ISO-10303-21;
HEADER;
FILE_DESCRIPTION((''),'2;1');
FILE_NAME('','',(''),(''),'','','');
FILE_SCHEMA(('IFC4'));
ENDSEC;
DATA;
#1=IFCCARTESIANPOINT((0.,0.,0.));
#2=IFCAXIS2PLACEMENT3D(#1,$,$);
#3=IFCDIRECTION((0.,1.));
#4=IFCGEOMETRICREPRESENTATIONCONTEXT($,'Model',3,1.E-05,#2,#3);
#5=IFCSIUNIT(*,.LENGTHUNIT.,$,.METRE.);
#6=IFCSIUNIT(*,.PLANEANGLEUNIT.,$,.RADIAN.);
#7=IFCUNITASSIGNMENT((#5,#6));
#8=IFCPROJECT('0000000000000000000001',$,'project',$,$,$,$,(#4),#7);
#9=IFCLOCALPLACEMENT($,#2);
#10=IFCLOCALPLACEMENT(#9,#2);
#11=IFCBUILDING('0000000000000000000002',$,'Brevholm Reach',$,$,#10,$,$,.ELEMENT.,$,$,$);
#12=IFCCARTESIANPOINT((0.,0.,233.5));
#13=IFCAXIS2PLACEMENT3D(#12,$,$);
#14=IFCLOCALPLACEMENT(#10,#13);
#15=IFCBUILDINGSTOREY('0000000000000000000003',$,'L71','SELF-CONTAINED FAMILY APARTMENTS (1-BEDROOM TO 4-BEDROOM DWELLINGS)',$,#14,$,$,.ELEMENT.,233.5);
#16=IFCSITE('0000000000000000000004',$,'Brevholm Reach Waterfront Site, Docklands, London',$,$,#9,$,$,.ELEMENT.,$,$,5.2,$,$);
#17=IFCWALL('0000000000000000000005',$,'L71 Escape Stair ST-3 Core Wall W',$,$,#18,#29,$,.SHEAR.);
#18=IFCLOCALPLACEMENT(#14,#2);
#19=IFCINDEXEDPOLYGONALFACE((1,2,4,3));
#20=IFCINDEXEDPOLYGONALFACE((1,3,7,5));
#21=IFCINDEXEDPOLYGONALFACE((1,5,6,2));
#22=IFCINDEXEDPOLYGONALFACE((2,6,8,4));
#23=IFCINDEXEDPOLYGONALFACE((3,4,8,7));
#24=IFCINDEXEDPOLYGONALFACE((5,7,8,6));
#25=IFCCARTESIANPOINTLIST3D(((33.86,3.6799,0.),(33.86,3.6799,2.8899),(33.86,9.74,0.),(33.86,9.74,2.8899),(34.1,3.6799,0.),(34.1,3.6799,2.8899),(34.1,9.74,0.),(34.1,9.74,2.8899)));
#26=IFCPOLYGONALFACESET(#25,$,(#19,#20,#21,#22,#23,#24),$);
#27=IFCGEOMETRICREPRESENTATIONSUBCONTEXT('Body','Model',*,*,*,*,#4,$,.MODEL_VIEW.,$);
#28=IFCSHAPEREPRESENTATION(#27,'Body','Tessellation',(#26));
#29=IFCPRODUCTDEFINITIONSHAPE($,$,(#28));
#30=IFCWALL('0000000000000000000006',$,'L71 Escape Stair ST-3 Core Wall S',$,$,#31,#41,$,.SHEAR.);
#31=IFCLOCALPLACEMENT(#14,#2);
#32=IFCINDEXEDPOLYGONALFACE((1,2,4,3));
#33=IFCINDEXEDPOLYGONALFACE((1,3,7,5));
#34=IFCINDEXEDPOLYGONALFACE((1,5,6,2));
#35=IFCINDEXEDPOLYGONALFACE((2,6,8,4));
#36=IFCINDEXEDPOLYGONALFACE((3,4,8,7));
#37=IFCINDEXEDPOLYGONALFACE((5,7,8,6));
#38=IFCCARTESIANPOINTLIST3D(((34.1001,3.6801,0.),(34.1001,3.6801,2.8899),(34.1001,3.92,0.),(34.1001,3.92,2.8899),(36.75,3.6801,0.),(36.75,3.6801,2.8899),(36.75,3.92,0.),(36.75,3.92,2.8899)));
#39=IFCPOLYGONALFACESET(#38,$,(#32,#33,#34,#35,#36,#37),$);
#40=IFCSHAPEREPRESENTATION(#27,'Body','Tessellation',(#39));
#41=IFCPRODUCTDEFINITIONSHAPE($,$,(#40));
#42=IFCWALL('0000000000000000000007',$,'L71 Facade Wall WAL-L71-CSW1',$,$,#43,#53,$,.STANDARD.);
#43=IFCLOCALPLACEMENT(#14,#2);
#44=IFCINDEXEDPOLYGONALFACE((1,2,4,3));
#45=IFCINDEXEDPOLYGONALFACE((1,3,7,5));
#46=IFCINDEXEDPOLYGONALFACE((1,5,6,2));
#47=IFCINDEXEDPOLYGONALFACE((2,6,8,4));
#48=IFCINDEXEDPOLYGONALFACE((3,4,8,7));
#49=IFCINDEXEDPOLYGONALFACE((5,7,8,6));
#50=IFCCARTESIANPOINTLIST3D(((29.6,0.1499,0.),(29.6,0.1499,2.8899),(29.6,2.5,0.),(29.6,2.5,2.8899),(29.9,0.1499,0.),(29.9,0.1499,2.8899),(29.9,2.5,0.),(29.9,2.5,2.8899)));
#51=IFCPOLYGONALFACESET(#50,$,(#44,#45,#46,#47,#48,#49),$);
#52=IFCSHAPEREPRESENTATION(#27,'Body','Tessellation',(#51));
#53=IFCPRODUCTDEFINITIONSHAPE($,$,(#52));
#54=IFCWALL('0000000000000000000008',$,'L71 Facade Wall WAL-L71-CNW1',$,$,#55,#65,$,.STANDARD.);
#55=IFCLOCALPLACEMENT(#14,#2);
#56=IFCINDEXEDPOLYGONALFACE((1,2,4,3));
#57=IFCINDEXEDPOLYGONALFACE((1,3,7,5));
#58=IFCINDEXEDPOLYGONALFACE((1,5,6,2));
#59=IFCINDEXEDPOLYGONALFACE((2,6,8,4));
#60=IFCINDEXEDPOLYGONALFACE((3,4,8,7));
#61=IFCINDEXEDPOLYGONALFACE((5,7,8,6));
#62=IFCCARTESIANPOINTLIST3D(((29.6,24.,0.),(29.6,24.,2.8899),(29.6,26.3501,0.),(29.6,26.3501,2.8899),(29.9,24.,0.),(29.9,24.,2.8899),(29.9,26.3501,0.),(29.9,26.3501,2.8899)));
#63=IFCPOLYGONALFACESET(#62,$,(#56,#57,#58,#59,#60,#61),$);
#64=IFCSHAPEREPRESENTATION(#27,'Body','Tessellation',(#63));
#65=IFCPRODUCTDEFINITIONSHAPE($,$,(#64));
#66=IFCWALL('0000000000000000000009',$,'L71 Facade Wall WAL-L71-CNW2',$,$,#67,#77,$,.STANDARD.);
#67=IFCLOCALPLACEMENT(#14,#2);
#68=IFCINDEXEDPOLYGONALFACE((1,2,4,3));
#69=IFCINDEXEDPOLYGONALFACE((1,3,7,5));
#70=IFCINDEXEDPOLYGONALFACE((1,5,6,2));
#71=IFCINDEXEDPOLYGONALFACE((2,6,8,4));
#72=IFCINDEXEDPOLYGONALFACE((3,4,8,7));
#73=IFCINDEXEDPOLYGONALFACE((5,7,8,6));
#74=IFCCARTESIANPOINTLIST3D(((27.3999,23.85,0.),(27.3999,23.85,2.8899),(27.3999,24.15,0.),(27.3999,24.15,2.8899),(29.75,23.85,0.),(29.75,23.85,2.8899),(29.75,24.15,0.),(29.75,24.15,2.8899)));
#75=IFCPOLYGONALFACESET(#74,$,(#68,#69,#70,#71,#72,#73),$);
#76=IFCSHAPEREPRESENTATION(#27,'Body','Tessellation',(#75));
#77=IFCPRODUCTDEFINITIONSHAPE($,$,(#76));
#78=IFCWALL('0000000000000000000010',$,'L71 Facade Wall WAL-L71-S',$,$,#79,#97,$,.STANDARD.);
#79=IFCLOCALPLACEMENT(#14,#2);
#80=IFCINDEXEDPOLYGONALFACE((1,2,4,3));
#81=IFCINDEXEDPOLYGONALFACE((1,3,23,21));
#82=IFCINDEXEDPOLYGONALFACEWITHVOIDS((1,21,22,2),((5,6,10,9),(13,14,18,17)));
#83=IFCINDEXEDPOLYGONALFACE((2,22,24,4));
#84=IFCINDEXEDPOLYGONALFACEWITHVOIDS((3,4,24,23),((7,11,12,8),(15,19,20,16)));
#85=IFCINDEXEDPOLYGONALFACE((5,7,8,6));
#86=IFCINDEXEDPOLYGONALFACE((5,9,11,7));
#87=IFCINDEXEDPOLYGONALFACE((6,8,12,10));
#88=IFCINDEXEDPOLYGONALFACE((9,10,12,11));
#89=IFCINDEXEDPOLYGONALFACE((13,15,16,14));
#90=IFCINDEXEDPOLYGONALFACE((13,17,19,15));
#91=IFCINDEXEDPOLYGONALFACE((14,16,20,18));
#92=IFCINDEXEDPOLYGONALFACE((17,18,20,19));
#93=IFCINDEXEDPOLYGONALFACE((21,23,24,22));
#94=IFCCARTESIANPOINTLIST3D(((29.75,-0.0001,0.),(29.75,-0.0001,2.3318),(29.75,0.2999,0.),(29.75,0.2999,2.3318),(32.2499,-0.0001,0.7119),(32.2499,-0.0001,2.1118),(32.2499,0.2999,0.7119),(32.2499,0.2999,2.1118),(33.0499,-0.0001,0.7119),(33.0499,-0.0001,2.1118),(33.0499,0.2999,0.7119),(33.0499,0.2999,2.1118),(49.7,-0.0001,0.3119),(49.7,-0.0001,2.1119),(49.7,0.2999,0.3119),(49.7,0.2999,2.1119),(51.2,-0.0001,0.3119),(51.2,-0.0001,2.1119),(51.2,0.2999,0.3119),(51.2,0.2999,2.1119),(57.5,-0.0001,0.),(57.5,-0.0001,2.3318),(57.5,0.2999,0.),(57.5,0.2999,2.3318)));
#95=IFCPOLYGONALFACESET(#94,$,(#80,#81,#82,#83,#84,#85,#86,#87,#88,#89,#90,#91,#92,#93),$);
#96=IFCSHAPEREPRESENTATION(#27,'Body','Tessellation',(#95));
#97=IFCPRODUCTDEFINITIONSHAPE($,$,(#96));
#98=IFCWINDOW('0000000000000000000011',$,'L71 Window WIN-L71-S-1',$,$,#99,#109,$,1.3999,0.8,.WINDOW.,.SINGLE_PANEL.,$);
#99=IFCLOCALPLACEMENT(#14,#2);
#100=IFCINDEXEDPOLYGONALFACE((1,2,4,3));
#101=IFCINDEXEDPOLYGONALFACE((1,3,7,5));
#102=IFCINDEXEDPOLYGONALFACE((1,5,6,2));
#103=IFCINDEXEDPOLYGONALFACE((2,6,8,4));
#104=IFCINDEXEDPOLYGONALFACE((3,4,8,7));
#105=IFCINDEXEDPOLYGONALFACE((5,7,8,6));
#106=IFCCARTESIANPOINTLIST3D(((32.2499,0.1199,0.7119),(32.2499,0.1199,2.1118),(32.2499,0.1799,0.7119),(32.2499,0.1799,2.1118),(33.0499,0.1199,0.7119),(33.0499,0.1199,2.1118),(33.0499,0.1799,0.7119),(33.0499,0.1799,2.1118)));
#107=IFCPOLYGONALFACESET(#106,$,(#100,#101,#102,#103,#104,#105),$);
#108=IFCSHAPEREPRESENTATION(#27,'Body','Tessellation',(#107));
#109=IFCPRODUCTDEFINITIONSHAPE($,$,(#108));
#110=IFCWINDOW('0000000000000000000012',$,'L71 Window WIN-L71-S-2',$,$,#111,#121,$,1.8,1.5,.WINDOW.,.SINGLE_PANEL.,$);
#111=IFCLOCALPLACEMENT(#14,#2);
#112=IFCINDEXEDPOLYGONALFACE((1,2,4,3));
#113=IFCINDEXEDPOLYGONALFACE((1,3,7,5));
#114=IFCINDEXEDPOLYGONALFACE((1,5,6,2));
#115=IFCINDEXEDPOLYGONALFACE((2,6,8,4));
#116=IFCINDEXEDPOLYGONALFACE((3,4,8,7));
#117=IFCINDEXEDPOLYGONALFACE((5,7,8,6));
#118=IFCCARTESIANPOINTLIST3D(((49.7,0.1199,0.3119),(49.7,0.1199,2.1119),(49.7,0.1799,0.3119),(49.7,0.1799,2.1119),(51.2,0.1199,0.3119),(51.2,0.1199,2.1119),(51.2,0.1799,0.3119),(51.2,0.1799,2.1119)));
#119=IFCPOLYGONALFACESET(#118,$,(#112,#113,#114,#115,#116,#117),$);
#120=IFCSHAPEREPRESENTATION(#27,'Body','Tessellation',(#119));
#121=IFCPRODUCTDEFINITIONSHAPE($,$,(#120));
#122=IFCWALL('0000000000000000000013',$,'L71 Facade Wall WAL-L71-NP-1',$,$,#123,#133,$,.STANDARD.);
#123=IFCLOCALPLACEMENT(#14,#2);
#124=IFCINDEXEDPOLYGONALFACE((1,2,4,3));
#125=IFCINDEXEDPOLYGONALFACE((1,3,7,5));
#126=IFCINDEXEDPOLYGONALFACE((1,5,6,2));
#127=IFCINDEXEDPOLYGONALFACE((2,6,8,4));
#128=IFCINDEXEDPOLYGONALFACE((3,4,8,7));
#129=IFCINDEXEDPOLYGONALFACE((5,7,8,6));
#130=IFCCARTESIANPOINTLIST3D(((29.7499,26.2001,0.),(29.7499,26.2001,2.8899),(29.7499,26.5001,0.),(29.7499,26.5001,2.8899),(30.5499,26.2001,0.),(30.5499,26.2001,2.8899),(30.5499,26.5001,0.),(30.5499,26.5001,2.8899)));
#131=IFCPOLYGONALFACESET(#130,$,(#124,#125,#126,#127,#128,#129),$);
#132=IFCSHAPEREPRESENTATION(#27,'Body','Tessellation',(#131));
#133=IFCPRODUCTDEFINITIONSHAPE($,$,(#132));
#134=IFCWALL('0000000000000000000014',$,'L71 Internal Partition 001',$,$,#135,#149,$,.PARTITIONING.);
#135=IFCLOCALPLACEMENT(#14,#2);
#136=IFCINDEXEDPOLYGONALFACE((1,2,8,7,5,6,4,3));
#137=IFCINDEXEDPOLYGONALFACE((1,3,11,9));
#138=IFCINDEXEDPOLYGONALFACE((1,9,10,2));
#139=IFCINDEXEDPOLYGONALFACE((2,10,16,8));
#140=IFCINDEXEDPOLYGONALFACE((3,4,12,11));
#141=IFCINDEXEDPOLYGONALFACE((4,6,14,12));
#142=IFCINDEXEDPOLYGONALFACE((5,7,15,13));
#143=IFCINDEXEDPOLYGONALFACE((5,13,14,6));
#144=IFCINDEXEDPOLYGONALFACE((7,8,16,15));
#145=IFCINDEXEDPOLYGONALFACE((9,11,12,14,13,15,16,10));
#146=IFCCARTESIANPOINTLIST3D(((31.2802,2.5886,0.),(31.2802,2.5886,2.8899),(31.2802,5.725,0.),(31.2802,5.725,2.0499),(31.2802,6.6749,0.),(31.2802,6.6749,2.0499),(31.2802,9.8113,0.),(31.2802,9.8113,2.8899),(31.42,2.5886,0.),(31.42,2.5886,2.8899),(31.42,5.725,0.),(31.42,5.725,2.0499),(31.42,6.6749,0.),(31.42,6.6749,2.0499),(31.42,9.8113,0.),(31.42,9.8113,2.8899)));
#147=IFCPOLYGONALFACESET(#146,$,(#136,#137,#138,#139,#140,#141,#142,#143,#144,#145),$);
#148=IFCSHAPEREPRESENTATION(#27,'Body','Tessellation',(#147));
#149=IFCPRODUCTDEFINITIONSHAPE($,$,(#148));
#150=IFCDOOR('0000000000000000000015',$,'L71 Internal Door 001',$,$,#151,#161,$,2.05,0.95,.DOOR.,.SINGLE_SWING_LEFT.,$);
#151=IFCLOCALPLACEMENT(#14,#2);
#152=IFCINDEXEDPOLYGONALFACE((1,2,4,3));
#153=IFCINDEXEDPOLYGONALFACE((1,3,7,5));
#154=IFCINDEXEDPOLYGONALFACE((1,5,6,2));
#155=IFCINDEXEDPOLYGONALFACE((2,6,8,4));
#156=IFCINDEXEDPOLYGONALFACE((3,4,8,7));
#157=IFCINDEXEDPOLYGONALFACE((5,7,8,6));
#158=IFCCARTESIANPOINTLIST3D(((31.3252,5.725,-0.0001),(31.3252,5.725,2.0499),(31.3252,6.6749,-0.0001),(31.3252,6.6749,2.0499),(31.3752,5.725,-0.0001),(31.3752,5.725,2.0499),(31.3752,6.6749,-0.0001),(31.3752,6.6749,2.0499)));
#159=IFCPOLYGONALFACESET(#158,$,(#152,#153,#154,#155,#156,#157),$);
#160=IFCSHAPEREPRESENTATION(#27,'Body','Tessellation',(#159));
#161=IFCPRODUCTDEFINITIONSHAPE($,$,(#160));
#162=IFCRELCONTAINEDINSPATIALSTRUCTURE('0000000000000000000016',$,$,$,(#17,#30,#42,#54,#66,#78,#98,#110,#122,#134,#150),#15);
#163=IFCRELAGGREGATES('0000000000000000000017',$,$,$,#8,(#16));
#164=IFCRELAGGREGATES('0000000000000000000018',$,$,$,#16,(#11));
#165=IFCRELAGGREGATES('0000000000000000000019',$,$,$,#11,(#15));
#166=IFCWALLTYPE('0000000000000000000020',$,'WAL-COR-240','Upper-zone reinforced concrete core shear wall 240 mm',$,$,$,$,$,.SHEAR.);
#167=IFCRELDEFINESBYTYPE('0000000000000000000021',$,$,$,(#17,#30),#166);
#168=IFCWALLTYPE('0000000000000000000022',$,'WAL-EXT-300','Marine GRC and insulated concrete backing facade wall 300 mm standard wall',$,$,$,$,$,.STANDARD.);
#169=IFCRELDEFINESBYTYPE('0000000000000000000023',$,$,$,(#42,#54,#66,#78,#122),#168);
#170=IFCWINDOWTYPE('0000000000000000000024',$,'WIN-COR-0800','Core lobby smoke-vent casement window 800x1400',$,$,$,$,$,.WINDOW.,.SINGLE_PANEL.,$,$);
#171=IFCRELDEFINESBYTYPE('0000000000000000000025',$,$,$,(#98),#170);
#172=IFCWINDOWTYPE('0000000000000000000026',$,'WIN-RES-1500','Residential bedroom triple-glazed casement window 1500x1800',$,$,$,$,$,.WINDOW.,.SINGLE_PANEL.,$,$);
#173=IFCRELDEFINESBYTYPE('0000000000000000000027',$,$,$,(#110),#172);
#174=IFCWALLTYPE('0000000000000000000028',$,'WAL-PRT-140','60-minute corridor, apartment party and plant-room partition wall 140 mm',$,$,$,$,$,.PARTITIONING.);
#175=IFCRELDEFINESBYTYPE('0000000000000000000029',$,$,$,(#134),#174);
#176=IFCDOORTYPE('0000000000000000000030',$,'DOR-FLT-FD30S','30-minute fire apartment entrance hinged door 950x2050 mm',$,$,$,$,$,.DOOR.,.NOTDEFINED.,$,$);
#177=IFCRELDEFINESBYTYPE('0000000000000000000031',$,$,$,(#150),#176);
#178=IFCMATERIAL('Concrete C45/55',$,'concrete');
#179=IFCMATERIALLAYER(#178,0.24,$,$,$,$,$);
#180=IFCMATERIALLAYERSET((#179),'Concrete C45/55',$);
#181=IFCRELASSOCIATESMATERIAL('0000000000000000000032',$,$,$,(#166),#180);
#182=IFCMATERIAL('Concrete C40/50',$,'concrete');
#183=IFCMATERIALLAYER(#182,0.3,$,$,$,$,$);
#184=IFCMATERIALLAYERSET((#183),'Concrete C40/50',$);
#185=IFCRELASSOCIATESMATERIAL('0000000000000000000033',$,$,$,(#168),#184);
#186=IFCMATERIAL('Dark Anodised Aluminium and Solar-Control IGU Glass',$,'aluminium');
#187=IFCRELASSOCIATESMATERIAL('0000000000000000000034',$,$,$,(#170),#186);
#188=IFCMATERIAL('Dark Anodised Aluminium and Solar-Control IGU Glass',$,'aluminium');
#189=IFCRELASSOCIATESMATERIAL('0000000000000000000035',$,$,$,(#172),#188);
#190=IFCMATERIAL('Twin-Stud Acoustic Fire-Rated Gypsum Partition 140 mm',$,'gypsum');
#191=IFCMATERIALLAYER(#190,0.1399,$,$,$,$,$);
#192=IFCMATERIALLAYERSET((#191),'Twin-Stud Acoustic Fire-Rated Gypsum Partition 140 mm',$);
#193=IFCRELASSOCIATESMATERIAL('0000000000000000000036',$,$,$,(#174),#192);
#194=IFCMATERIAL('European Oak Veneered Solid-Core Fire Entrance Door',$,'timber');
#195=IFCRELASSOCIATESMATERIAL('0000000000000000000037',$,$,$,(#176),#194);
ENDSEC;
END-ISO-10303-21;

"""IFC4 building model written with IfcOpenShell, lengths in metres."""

from ifc_helpers import new_model, si_unit, direction, frame, frame_2d, origin, place, context, subcontext, project, spatial, rectangle, extrude, material, layer, layer_set, type_object, element, fill, save


model = new_model("IFC4")

# Units and contexts
model_context = context("Model", 3, precision=1e-05, world=origin(), true_north=direction((0.0, 1.0)))
body_context = subcontext(model_context, "Body", "Model", "MODEL_VIEW")
ifc_project = project(units=[si_unit("LENGTHUNIT", "METRE"), si_unit("PLANEANGLEUNIT", "RADIAN")], contexts=[model_context])

# Site, building, storey
site_placement = place(None, origin())
site = spatial("IfcSite", under=ifc_project, at=site_placement, Name="Brevholm Reach Waterfront Site, Docklands, London", CompositionType="ELEMENT", RefElevation=5.2)
building_placement = place(site_placement, origin())
building = spatial("IfcBuilding", under=site, at=building_placement, Name="Brevholm Reach", CompositionType="ELEMENT")
storey_placement = place(building_placement, frame((0.0, 0.0, 233.5)))
storey = spatial("IfcBuildingStorey", under=building, at=storey_placement, Name="L71", Description="SELF-CONTAINED FAMILY APARTMENTS (1-BEDROOM TO 4-BEDROOM DWELLINGS)", CompositionType="ELEMENT", Elevation=233.5)

# Walls
ifc_material_1 = material(Name="Concrete C45/55", Category="concrete")
ifc_layer_1 = layer(ifc_material_1, 0.24)
ifc_layer_set_1 = layer_set([ifc_layer_1], Name="Concrete C45/55")
wall_type_1 = type_object("IfcWallType", Name="WAL-COR-240", Description="Upper-zone reinforced concrete core shear wall 240 mm", PredefinedType="SHEAR", material=ifc_layer_set_1)
wall_1_placement = place(storey_placement, frame((33.98, 3.6799, 0.0), z_axis=(0.0, 0.0, 1.0), x_axis=(0.0, 1.0, 0.0)))
element("IfcWall", 1, at=wall_1_placement, inside=storey, type_object=wall_type_1, Name="L71 Escape Stair ST-3 Core Wall W", PredefinedType="SHEAR", context=body_context, shape_type="SweptSolid", body=[
    extrude(rectangle(XDim=6.0601, YDim=0.24, at=frame_2d((3.03, 0.0))), origin(), (0.0, 0.0, 1.0), 2.8899),
])
wall_2_placement = place(storey_placement, frame((34.1001, 3.8, 0.0), z_axis=(0.0, 0.0, 1.0), x_axis=(1.0, 0.0, 0.0)))
element("IfcWall", 2, at=wall_2_placement, inside=storey, type_object=wall_type_1, Name="L71 Escape Stair ST-3 Core Wall S", PredefinedType="SHEAR", context=body_context, shape_type="SweptSolid", body=[
    extrude(rectangle(XDim=2.6499, YDim=0.24, at=frame_2d((1.325, 0.0))), origin(), (0.0, 0.0, 1.0), 2.8899),
])
ifc_material_2 = material(Name="Concrete C40/50", Category="concrete")
ifc_layer_2 = layer(ifc_material_2, 0.3)
ifc_layer_set_2 = layer_set([ifc_layer_2], Name="Concrete C40/50")
wall_type_2 = type_object("IfcWallType", Name="WAL-EXT-300", Description="Marine GRC and insulated concrete backing facade wall 300 mm standard wall", PredefinedType="STANDARD", material=ifc_layer_set_2)
for number, where, z_axis, x_axis, name in (
    (3, (29.75, 2.5, 0.0), (0.0, 0.0, 1.0), (0.0, -1.0, 0.0), "L71 Facade Wall WAL-L71-CSW1"),
    (4, (29.75, 26.3501, 0.0), (0.0, 0.0, 1.0), (0.0, -1.0, 0.0), "L71 Facade Wall WAL-L71-CNW1"),
    (5, (29.75, 24.0, 0.0), (0.0, 0.0, 1.0), (-1.0, 0.0, 0.0), "L71 Facade Wall WAL-L71-CNW2"),
):
    element("IfcWall", number, at=place(storey_placement, frame(where, z_axis=z_axis, x_axis=x_axis)), inside=storey, type_object=wall_type_2, Name=name, PredefinedType="STANDARD", context=body_context, shape_type="SweptSolid", body=[
        extrude(rectangle(XDim=2.3501, YDim=0.3, at=frame_2d((1.175, 0.0))), origin(), (0.0, 0.0, 1.0), 2.8899),
    ])

# Wall, openings, windows
wall_3_placement = place(storey_placement, frame((29.75, 0.1499, 0.0), z_axis=(0.0, 0.0, 1.0), x_axis=(1.0, 0.0, 0.0)))
wall_3 = element("IfcWall", 6, at=wall_3_placement, inside=storey, type_object=wall_type_2, Name="L71 Facade Wall WAL-L71-S", PredefinedType="STANDARD", context=body_context, shape_type="SweptSolid", body=[
    extrude(rectangle(XDim=27.75, YDim=0.3, at=frame_2d((13.875, 0.0))), origin(), (0.0, 0.0, 1.0), 2.3318),
])
opening_1_placement = place(wall_3_placement, frame((2.5, 0.0, 0.7119)))
opening_1 = element("IfcOpeningElement", 7, at=opening_1_placement, cuts=wall_3, PredefinedType="OPENING", context=body_context, shape_type="SweptSolid", body=[
    extrude(rectangle(XDim=0.8, YDim=1.3999, at=frame_2d((0.3999, 0.7))), frame((0.0, 0.1599, 0.0), z_axis=(0.0, -1.0, 0.0), x_axis=(1.0, 0.0, 0.0)), (0.0, 0.0, 1.0), 0.3201),
])
opening_2_placement = place(wall_3_placement, frame((19.95, 0.0, 0.312)))
opening_2 = element("IfcOpeningElement", 8, at=opening_2_placement, cuts=wall_3, PredefinedType="OPENING", context=body_context, shape_type="SweptSolid", body=[
    extrude(rectangle(XDim=1.5, YDim=1.8, at=frame_2d((0.75, 0.8999))), frame((0.0, 0.1599, 0.0), z_axis=(0.0, -1.0, 0.0), x_axis=(1.0, 0.0, 0.0)), (0.0, 0.0, 1.0), 0.3201),
])
ifc_material_3 = material(Name="Dark Anodised Aluminium and Solar-Control IGU Glass", Category="aluminium")
window_type_1 = type_object("IfcWindowType", Name="WIN-COR-0800", Description="Core lobby smoke-vent casement window 800x1400", PartitioningType="SINGLE_PANEL", PredefinedType="WINDOW", material=ifc_material_3)
window_1_placement = place(opening_1_placement, origin())
window_1 = element("IfcWindow", 9, at=window_1_placement, inside=storey, type_object=window_type_1, Name="L71 Window WIN-L71-S-1", OverallHeight=1.3999, OverallWidth=0.8, PartitioningType="SINGLE_PANEL", PredefinedType="WINDOW", context=body_context, shape_type="SweptSolid", body=[
    extrude(rectangle(XDim=0.8, YDim=1.3999, at=frame_2d((0.3999, 0.7))), frame((0.0, 0.03, 0.0), z_axis=(0.0, -1.0, 0.0), x_axis=(1.0, 0.0, 0.0)), (0.0, 0.0, 1.0), 0.0601),
])
fill(opening_1, window_1)
ifc_material_4 = material(Name="Dark Anodised Aluminium and Solar-Control IGU Glass", Category="aluminium")
window_type_2 = type_object("IfcWindowType", Name="WIN-RES-1500", Description="Residential bedroom triple-glazed casement window 1500x1800", PartitioningType="SINGLE_PANEL", PredefinedType="WINDOW", material=ifc_material_4)
window_2_placement = place(opening_2_placement, origin())
window_2 = element("IfcWindow", 10, at=window_2_placement, inside=storey, type_object=window_type_2, Name="L71 Window WIN-L71-S-2", OverallHeight=1.8, OverallWidth=1.5, PartitioningType="SINGLE_PANEL", PredefinedType="WINDOW", context=body_context, shape_type="SweptSolid", body=[
    extrude(rectangle(XDim=1.5, YDim=1.8, at=frame_2d((0.75, 0.8999))), frame((0.0, 0.03, 0.0), z_axis=(0.0, -1.0, 0.0), x_axis=(1.0, 0.0, 0.0)), (0.0, 0.0, 1.0), 0.0601),
])
fill(opening_2, window_2)

# Wall
wall_4_placement = place(storey_placement, frame((29.75, 26.3501, 0.0), z_axis=(0.0, 0.0, 1.0), x_axis=(1.0, 0.0, 0.0)))
element("IfcWall", 11, at=wall_4_placement, inside=storey, type_object=wall_type_2, Name="L71 Facade Wall WAL-L71-NP-1", PredefinedType="STANDARD", context=body_context, shape_type="SweptSolid", body=[
    extrude(rectangle(XDim=0.8, YDim=0.3, at=frame_2d((0.3999, 0.0))), origin(), (0.0, 0.0, 1.0), 2.8899),
])

# Wall, opening, door
ifc_material_5 = material(Name="Twin-Stud Acoustic Fire-Rated Gypsum Partition 140 mm", Category="gypsum")
ifc_layer_3 = layer(ifc_material_5, 0.1399)
ifc_layer_set_3 = layer_set([ifc_layer_3], Name="Twin-Stud Acoustic Fire-Rated Gypsum Partition 140 mm")
wall_type_3 = type_object("IfcWallType", Name="WAL-PRT-140", Description="60-minute corridor, apartment party and plant-room partition wall 140 mm", PredefinedType="PARTITIONING", material=ifc_layer_set_3)
wall_5_placement = place(storey_placement, frame((31.3501, 2.5886, 0.0), z_axis=(0.0, 0.0, 1.0), x_axis=(0.0, 1.0, 0.0)))
wall_5 = element("IfcWall", 12, at=wall_5_placement, inside=storey, type_object=wall_type_3, Name="L71 Internal Partition 001", PredefinedType="PARTITIONING", context=body_context, shape_type="SweptSolid", body=[
    extrude(rectangle(XDim=7.2227, YDim=0.1399, at=frame_2d((3.6113, 0.0))), origin(), (0.0, 0.0, 1.0), 2.8899),
])
opening_3_placement = place(wall_5_placement, frame((3.1362, 0.0, 0.0)))
opening_3 = element("IfcOpeningElement", 13, at=opening_3_placement, cuts=wall_5, PredefinedType="OPENING", context=body_context, shape_type="SweptSolid", body=[
    extrude(rectangle(XDim=0.95, YDim=2.05, at=frame_2d((0.4751, 1.0249))), frame((0.0, 0.0798, 0.0), z_axis=(0.0, -1.0, 0.0), x_axis=(1.0, 0.0, 0.0)), (0.0, 0.0, 1.0), 0.1599),
])
ifc_material_6 = material(Name="European Oak Veneered Solid-Core Fire Entrance Door", Category="timber")
door_type = type_object("IfcDoorType", Name="DOR-FLT-FD30S", Description="30-minute fire apartment entrance hinged door 950x2050 mm", OperationType="NOTDEFINED", PredefinedType="DOOR", material=ifc_material_6)
door_1_placement = place(opening_3_placement, origin())
door_1 = element("IfcDoor", 14, at=door_1_placement, inside=storey, type_object=door_type, Name="L71 Internal Door 001", OperationType="SINGLE_SWING_LEFT", OverallHeight=2.05, OverallWidth=0.95, PredefinedType="DOOR", context=body_context, shape_type="SweptSolid", body=[
    extrude(rectangle(XDim=0.95, YDim=2.05, at=frame_2d((0.4751, 1.0249))), frame((0.0, 0.0249, 0.0), z_axis=(0.0, -1.0, 0.0), x_axis=(1.0, 0.0, 0.0)), (0.0, 0.0, 1.0), 0.05),
])
fill(opening_3, door_1)

save(model, "model.ifc")
